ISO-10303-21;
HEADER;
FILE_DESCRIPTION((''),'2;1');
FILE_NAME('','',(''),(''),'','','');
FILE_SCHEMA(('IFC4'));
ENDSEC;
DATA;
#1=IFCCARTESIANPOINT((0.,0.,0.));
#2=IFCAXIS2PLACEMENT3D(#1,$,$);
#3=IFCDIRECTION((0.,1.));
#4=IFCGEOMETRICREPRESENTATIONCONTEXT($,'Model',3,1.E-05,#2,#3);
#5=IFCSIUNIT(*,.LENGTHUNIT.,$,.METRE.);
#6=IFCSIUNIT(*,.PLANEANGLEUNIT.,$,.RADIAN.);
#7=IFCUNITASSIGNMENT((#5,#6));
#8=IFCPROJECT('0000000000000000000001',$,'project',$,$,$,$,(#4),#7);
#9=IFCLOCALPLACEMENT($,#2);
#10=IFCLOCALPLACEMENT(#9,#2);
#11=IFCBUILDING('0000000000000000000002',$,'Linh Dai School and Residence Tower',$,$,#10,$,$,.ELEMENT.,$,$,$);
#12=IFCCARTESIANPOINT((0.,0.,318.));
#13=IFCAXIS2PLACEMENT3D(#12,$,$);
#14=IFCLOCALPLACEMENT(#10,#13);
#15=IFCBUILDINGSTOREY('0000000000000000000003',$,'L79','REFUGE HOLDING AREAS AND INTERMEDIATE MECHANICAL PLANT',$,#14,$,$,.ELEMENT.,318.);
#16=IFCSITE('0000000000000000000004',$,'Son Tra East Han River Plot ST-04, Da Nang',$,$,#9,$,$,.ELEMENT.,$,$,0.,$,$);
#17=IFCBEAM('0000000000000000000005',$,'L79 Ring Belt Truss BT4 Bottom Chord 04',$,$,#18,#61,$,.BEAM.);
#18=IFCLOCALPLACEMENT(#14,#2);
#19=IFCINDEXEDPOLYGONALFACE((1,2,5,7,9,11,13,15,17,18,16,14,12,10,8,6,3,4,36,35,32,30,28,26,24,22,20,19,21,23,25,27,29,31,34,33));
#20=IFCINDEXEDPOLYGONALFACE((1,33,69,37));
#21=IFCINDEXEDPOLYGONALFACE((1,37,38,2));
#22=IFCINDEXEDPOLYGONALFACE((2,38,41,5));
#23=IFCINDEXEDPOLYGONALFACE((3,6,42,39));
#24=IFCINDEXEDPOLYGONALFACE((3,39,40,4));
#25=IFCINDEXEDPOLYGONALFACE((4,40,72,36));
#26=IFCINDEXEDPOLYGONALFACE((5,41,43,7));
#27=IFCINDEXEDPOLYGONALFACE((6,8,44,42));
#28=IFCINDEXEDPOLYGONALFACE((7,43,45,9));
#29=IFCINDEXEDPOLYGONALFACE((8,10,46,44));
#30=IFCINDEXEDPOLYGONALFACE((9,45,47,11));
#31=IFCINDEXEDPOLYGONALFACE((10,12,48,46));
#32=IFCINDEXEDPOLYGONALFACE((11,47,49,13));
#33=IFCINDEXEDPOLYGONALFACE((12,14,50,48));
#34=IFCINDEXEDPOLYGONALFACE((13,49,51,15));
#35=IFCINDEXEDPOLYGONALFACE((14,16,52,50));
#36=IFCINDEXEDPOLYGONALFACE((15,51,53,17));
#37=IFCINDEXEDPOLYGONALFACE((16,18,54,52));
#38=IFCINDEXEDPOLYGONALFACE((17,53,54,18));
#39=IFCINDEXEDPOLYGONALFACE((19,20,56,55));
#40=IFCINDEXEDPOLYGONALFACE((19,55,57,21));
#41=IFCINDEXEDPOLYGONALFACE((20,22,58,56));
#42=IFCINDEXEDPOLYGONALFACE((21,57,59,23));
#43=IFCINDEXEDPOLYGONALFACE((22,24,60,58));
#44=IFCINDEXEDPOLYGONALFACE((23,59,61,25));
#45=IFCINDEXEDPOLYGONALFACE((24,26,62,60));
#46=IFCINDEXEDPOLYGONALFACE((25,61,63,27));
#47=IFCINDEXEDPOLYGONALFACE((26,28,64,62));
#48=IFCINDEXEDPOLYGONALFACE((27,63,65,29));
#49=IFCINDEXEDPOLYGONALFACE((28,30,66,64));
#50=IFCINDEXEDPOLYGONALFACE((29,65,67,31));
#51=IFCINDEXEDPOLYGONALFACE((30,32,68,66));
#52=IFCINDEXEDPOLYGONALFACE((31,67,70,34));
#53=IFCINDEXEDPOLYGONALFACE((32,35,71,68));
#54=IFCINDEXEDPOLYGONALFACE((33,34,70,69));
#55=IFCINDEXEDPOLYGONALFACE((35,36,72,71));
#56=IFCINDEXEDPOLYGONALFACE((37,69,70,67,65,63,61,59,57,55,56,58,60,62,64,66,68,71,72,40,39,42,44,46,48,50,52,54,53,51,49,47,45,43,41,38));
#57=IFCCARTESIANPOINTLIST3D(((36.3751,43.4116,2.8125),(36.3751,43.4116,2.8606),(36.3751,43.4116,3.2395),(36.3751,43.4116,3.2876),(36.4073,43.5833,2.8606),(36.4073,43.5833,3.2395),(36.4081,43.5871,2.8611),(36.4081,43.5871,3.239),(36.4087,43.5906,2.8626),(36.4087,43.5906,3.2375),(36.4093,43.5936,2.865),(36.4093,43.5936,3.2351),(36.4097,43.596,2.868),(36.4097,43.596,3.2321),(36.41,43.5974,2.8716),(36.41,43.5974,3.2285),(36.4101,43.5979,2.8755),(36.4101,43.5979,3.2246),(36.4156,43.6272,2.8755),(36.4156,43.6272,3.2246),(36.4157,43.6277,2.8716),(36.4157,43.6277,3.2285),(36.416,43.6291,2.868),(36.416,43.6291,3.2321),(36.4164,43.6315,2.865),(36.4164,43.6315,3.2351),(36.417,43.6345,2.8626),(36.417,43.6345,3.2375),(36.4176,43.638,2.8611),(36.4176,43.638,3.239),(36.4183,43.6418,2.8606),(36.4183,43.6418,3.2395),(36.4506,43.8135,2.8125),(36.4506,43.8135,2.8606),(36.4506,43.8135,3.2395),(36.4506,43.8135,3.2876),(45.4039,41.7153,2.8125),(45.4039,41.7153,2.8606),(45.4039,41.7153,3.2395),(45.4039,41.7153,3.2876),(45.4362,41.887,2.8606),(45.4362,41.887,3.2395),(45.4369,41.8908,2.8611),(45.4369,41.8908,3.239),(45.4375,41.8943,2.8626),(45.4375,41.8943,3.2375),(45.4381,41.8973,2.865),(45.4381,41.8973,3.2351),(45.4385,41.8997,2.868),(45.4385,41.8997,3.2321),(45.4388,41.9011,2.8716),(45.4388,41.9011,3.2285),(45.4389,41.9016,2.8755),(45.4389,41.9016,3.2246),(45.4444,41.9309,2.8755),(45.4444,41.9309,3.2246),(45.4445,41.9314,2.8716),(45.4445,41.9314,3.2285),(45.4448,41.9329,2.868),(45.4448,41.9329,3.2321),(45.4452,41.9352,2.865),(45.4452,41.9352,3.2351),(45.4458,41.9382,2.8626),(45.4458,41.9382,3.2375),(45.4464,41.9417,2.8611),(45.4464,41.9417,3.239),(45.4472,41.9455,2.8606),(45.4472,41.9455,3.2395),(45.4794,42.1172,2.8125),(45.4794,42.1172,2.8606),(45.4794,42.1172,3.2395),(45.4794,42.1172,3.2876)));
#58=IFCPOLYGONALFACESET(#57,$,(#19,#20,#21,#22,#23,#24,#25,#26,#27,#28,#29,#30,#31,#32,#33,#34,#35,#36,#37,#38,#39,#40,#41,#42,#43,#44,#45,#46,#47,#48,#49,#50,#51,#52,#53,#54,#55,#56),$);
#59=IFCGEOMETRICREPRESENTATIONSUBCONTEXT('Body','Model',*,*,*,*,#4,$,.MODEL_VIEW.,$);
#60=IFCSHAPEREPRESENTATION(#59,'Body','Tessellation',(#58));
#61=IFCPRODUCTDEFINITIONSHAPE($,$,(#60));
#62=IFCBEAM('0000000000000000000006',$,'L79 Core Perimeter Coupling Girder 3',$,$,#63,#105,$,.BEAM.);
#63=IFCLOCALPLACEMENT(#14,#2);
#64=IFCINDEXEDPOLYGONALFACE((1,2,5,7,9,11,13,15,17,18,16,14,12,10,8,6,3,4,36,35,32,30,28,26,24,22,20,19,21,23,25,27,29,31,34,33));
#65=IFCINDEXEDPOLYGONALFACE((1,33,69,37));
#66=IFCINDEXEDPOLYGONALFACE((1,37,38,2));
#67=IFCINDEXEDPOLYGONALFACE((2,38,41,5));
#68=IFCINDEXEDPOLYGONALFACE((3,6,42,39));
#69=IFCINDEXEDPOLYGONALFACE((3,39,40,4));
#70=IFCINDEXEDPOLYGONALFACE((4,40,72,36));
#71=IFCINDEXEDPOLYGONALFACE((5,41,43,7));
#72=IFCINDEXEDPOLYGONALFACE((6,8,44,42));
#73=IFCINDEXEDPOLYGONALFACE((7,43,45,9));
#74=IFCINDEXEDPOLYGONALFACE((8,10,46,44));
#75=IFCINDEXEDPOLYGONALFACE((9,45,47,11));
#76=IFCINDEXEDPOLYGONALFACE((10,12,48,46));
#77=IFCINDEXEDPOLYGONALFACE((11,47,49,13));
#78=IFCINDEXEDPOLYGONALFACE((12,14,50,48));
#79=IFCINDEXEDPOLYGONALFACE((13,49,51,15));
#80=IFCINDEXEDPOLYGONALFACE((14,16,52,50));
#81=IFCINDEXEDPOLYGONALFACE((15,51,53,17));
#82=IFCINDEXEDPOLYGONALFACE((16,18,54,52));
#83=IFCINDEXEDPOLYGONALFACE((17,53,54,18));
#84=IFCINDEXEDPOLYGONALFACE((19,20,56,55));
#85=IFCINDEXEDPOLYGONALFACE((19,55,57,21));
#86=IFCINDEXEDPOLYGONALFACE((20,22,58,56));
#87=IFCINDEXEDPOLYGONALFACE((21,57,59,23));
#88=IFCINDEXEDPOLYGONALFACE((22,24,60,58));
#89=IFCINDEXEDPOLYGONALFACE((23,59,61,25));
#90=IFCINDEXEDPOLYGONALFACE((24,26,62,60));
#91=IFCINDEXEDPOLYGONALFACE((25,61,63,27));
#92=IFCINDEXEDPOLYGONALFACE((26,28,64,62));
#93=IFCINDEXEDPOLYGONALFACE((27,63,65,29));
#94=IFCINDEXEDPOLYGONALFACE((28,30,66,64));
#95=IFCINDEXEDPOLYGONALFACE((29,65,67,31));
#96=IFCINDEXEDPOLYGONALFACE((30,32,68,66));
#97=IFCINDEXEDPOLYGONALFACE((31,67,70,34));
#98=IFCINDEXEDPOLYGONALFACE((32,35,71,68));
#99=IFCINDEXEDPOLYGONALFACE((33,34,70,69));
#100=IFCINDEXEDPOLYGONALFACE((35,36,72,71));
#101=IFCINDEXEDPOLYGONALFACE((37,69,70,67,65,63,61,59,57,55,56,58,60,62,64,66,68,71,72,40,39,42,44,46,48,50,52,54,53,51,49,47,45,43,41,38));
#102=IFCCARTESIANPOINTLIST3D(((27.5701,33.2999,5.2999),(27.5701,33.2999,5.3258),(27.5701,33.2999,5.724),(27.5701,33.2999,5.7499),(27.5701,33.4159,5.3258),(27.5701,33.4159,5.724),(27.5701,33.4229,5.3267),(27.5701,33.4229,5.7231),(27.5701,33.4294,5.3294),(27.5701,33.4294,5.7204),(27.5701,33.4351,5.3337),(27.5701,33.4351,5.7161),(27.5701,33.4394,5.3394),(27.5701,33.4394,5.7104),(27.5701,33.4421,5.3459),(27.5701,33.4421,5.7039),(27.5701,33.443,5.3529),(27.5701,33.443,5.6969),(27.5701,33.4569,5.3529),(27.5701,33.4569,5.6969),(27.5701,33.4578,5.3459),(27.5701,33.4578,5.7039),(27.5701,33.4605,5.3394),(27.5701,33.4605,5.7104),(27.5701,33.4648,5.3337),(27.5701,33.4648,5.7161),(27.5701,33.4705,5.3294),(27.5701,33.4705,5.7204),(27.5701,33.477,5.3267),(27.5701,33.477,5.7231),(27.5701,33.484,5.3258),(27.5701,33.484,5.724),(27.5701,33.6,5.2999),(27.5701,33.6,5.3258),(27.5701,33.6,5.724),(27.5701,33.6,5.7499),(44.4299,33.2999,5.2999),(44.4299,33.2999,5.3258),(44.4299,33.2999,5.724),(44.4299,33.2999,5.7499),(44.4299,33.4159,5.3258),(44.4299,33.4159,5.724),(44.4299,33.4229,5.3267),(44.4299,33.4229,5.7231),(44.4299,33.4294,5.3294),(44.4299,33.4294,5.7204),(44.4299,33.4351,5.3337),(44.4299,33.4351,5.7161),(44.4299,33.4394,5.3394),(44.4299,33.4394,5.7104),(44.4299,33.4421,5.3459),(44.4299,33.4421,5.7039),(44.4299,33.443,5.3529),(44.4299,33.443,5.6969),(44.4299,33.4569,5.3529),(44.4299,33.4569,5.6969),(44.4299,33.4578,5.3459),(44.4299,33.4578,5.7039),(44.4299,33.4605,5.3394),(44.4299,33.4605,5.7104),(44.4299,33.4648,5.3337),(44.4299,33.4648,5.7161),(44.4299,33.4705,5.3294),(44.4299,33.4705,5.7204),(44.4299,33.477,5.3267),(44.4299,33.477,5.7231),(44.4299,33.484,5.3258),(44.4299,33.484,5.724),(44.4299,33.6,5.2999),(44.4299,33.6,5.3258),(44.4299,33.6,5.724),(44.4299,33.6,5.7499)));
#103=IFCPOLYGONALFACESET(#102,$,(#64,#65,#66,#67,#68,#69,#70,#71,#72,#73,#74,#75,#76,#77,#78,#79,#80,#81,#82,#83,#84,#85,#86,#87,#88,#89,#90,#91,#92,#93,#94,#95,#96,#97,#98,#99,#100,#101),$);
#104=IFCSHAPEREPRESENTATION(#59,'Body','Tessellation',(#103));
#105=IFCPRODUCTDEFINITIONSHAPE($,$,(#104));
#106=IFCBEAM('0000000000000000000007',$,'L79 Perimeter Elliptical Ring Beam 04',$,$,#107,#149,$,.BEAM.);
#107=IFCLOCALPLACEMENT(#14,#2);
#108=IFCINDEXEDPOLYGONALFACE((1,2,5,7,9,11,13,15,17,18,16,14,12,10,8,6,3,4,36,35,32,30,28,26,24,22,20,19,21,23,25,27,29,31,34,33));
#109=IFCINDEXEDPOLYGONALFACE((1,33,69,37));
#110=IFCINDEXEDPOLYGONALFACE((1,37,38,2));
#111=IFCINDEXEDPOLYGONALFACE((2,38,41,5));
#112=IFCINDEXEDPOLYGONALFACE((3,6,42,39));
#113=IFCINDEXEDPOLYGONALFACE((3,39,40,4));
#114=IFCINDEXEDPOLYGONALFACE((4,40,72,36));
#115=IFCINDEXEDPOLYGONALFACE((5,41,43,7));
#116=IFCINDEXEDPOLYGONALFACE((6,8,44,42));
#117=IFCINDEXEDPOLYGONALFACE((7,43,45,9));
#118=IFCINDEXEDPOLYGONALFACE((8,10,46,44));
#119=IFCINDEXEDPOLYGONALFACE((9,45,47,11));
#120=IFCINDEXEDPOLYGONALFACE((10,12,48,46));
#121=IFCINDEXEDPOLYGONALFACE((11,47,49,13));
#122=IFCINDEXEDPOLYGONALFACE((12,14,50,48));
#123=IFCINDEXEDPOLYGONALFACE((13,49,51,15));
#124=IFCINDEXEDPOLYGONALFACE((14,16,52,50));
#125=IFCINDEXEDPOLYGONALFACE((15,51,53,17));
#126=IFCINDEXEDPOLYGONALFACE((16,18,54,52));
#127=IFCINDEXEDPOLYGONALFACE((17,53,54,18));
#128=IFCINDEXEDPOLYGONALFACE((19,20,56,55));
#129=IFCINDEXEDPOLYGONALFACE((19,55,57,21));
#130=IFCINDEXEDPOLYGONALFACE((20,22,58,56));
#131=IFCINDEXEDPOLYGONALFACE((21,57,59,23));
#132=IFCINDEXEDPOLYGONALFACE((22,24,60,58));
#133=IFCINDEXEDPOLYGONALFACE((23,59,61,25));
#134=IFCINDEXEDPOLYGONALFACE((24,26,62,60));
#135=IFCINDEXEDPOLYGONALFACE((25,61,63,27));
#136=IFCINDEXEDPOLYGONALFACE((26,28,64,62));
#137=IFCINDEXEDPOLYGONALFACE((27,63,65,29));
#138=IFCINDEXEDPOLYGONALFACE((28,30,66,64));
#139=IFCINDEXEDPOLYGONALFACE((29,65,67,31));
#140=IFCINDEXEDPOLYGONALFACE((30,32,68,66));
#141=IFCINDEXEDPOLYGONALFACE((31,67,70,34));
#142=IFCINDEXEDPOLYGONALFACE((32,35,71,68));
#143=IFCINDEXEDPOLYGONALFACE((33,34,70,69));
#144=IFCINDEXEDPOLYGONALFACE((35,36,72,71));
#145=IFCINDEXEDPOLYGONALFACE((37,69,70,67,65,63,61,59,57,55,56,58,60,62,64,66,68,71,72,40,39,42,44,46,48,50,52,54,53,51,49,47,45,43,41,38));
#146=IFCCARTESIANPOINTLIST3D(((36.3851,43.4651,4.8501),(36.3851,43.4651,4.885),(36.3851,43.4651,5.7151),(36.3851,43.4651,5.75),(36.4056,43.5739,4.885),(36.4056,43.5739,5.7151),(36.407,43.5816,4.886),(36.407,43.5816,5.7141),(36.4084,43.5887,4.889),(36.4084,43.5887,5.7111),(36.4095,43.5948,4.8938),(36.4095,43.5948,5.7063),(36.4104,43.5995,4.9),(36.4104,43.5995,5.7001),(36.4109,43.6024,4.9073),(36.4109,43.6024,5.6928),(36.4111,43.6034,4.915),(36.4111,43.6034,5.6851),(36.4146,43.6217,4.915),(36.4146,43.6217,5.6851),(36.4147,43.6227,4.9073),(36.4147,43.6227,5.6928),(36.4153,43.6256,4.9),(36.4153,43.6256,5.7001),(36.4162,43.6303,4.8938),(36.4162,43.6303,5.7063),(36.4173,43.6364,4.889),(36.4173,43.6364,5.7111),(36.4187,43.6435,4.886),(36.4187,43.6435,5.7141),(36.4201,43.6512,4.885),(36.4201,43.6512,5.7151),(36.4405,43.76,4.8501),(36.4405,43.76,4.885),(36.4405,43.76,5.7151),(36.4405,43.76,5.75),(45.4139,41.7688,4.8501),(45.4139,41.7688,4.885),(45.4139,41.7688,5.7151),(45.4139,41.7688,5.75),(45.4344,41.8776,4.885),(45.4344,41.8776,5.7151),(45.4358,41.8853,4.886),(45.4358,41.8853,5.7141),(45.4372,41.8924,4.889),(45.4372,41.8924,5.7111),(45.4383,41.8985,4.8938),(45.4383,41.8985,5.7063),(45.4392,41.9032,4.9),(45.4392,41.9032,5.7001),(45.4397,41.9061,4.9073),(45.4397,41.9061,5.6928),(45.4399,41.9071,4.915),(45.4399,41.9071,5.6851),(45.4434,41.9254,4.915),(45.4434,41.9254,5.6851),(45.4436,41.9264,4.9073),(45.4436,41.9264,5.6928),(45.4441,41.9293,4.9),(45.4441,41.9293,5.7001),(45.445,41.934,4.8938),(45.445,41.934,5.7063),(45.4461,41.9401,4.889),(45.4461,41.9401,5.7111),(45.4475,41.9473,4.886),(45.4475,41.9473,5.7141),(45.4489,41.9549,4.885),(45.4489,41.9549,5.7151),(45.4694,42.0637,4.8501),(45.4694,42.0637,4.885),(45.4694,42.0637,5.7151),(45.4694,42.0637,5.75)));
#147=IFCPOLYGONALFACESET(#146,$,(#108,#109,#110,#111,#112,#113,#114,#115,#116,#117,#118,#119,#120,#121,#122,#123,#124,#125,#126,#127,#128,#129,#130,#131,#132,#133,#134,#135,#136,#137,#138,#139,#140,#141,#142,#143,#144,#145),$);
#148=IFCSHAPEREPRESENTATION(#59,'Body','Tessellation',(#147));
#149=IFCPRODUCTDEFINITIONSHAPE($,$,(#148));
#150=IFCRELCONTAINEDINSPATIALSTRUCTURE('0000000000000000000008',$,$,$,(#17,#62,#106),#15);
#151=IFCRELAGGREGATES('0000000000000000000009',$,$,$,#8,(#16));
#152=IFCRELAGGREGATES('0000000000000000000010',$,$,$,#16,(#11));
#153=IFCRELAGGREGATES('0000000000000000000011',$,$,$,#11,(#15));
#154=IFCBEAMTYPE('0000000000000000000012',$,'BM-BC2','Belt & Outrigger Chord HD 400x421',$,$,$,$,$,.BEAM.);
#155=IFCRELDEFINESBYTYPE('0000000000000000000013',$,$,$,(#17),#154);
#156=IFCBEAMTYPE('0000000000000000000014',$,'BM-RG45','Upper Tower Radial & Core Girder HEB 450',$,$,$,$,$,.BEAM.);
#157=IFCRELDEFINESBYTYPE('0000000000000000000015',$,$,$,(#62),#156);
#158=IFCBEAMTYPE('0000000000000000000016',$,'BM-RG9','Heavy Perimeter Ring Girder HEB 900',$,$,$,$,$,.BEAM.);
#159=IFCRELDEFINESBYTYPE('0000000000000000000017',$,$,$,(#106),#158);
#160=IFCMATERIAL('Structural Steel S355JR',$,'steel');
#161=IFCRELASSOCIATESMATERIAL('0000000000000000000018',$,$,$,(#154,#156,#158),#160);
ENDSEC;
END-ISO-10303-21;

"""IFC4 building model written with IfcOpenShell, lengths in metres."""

from ifc_helpers import new_model, si_unit, direction, frame, origin, origin_2d, place, context, subcontext, project, spatial, i_section, extrude, material, material_profile, profile_set, type_object, element, save


model = new_model("IFC4")

# Units and contexts
model_context = context("Model", 3, precision=1e-05, world=origin(), true_north=direction((0.0, 1.0)))
body_context = subcontext(model_context, "Body", "Model", "MODEL_VIEW")
ifc_project = project(units=[si_unit("LENGTHUNIT", "METRE"), si_unit("PLANEANGLEUNIT", "RADIAN")], contexts=[model_context])

# Site, building, storey
site_placement = place(None, origin())
site = spatial("IfcSite", under=ifc_project, at=site_placement, Name="Son Tra East Han River Plot ST-04, Da Nang", CompositionType="ELEMENT", RefElevation=0.0)
building_placement = place(site_placement, origin())
building = spatial("IfcBuilding", under=site, at=building_placement, Name="Linh Dai School and Residence Tower", CompositionType="ELEMENT")
storey_placement = place(building_placement, frame((0.0, 0.0, 318.0)))
storey = spatial("IfcBuildingStorey", under=building, at=storey_placement, Name="L79", Description="REFUGE HOLDING AREAS AND INTERMEDIATE MECHANICAL PLANT", CompositionType="ELEMENT", Elevation=318.0)

# Shared definitions
ifc_material_1 = material(Name="Structural Steel S355JR", Category="steel")

# Beams
ifc_material_profile_1 = material_profile(ifc_material_1, i_section(OverallWidth=0.4089, OverallDepth=0.4751, WebThickness=0.0298, FlangeThickness=0.0481, FilletRadius=0.0149, at=origin_2d()), Name="HD 400x421")
ifc_profile_set_1 = profile_set([ifc_material_profile_1], Name="Structural Steel S355JR")
beam_type_1 = type_object("IfcBeamType", Name="BM-BC2", Description="Belt & Outrigger Chord HD 400x421", PredefinedType="BEAM", material=ifc_profile_set_1)
beam_1_placement = place(storey_placement, frame((45.4417, 41.9163, 3.05), z_axis=(-0.982805, 0.184645, 0.0), x_axis=(-0.184645, -0.982805, 0.0)))
element("IfcBeam", 1, at=beam_1_placement, inside=storey, type_object=beam_type_1, Name="L79 Ring Belt Truss BT4 Bottom Chord 04", PredefinedType="BEAM", context=body_context, shape_type="SweptSolid", body=[
    extrude(i_section(OverallWidth=0.4089, OverallDepth=0.4751, WebThickness=0.0298, FlangeThickness=0.0481, FilletRadius=0.0149, at=origin_2d()), origin(), (0.0, 0.0, 1.0), 9.1868),
])
ifc_material_profile_2 = material_profile(ifc_material_1, i_section(OverallWidth=0.3, OverallDepth=0.45, WebThickness=0.0139, FlangeThickness=0.0259, FilletRadius=0.0271, at=origin_2d()), Name="HEB 450")
ifc_profile_set_2 = profile_set([ifc_material_profile_2], Name="Structural Steel S355JR")
beam_type_2 = type_object("IfcBeamType", Name="BM-RG45", Description="Upper Tower Radial & Core Girder HEB 450", PredefinedType="BEAM", material=ifc_profile_set_2)
beam_2_placement = place(storey_placement, frame((44.4299, 33.45, 5.5249), z_axis=(-1.0, 0.0, 0.0), x_axis=(0.0, -1.0, 0.0)))
element("IfcBeam", 2, at=beam_2_placement, inside=storey, type_object=beam_type_2, Name="L79 Core Perimeter Coupling Girder 3", PredefinedType="BEAM", context=body_context, shape_type="SweptSolid", body=[
    extrude(i_section(OverallWidth=0.3, OverallDepth=0.45, WebThickness=0.0139, FlangeThickness=0.0259, FilletRadius=0.0271, at=origin_2d()), origin(), (0.0, 0.0, 1.0), 16.8599),
])
ifc_material_profile_3 = material_profile(ifc_material_1, i_section(OverallWidth=0.3, OverallDepth=0.8999, WebThickness=0.0186, FlangeThickness=0.0349, FilletRadius=0.03, at=origin_2d()), Name="HEB 900")
ifc_profile_set_3 = profile_set([ifc_material_profile_3], Name="Structural Steel S355JR")
beam_type_3 = type_object("IfcBeamType", Name="BM-RG9", Description="Heavy Perimeter Ring Girder HEB 900", PredefinedType="BEAM", material=ifc_profile_set_3)
beam_3_placement = place(storey_placement, frame((45.4417, 41.9163, 5.3), z_axis=(-0.982805, 0.184645, 0.0), x_axis=(-0.184645, -0.982805, 0.0)))
element("IfcBeam", 3, at=beam_3_placement, inside=storey, type_object=beam_type_3, Name="L79 Perimeter Elliptical Ring Beam 04", PredefinedType="BEAM", context=body_context, shape_type="SweptSolid", body=[
    extrude(i_section(OverallWidth=0.3, OverallDepth=0.8999, WebThickness=0.0186, FlangeThickness=0.0349, FilletRadius=0.03, at=origin_2d()), origin(), (0.0, 0.0, 1.0), 9.1868),
])

save(model, "model.ifc")
